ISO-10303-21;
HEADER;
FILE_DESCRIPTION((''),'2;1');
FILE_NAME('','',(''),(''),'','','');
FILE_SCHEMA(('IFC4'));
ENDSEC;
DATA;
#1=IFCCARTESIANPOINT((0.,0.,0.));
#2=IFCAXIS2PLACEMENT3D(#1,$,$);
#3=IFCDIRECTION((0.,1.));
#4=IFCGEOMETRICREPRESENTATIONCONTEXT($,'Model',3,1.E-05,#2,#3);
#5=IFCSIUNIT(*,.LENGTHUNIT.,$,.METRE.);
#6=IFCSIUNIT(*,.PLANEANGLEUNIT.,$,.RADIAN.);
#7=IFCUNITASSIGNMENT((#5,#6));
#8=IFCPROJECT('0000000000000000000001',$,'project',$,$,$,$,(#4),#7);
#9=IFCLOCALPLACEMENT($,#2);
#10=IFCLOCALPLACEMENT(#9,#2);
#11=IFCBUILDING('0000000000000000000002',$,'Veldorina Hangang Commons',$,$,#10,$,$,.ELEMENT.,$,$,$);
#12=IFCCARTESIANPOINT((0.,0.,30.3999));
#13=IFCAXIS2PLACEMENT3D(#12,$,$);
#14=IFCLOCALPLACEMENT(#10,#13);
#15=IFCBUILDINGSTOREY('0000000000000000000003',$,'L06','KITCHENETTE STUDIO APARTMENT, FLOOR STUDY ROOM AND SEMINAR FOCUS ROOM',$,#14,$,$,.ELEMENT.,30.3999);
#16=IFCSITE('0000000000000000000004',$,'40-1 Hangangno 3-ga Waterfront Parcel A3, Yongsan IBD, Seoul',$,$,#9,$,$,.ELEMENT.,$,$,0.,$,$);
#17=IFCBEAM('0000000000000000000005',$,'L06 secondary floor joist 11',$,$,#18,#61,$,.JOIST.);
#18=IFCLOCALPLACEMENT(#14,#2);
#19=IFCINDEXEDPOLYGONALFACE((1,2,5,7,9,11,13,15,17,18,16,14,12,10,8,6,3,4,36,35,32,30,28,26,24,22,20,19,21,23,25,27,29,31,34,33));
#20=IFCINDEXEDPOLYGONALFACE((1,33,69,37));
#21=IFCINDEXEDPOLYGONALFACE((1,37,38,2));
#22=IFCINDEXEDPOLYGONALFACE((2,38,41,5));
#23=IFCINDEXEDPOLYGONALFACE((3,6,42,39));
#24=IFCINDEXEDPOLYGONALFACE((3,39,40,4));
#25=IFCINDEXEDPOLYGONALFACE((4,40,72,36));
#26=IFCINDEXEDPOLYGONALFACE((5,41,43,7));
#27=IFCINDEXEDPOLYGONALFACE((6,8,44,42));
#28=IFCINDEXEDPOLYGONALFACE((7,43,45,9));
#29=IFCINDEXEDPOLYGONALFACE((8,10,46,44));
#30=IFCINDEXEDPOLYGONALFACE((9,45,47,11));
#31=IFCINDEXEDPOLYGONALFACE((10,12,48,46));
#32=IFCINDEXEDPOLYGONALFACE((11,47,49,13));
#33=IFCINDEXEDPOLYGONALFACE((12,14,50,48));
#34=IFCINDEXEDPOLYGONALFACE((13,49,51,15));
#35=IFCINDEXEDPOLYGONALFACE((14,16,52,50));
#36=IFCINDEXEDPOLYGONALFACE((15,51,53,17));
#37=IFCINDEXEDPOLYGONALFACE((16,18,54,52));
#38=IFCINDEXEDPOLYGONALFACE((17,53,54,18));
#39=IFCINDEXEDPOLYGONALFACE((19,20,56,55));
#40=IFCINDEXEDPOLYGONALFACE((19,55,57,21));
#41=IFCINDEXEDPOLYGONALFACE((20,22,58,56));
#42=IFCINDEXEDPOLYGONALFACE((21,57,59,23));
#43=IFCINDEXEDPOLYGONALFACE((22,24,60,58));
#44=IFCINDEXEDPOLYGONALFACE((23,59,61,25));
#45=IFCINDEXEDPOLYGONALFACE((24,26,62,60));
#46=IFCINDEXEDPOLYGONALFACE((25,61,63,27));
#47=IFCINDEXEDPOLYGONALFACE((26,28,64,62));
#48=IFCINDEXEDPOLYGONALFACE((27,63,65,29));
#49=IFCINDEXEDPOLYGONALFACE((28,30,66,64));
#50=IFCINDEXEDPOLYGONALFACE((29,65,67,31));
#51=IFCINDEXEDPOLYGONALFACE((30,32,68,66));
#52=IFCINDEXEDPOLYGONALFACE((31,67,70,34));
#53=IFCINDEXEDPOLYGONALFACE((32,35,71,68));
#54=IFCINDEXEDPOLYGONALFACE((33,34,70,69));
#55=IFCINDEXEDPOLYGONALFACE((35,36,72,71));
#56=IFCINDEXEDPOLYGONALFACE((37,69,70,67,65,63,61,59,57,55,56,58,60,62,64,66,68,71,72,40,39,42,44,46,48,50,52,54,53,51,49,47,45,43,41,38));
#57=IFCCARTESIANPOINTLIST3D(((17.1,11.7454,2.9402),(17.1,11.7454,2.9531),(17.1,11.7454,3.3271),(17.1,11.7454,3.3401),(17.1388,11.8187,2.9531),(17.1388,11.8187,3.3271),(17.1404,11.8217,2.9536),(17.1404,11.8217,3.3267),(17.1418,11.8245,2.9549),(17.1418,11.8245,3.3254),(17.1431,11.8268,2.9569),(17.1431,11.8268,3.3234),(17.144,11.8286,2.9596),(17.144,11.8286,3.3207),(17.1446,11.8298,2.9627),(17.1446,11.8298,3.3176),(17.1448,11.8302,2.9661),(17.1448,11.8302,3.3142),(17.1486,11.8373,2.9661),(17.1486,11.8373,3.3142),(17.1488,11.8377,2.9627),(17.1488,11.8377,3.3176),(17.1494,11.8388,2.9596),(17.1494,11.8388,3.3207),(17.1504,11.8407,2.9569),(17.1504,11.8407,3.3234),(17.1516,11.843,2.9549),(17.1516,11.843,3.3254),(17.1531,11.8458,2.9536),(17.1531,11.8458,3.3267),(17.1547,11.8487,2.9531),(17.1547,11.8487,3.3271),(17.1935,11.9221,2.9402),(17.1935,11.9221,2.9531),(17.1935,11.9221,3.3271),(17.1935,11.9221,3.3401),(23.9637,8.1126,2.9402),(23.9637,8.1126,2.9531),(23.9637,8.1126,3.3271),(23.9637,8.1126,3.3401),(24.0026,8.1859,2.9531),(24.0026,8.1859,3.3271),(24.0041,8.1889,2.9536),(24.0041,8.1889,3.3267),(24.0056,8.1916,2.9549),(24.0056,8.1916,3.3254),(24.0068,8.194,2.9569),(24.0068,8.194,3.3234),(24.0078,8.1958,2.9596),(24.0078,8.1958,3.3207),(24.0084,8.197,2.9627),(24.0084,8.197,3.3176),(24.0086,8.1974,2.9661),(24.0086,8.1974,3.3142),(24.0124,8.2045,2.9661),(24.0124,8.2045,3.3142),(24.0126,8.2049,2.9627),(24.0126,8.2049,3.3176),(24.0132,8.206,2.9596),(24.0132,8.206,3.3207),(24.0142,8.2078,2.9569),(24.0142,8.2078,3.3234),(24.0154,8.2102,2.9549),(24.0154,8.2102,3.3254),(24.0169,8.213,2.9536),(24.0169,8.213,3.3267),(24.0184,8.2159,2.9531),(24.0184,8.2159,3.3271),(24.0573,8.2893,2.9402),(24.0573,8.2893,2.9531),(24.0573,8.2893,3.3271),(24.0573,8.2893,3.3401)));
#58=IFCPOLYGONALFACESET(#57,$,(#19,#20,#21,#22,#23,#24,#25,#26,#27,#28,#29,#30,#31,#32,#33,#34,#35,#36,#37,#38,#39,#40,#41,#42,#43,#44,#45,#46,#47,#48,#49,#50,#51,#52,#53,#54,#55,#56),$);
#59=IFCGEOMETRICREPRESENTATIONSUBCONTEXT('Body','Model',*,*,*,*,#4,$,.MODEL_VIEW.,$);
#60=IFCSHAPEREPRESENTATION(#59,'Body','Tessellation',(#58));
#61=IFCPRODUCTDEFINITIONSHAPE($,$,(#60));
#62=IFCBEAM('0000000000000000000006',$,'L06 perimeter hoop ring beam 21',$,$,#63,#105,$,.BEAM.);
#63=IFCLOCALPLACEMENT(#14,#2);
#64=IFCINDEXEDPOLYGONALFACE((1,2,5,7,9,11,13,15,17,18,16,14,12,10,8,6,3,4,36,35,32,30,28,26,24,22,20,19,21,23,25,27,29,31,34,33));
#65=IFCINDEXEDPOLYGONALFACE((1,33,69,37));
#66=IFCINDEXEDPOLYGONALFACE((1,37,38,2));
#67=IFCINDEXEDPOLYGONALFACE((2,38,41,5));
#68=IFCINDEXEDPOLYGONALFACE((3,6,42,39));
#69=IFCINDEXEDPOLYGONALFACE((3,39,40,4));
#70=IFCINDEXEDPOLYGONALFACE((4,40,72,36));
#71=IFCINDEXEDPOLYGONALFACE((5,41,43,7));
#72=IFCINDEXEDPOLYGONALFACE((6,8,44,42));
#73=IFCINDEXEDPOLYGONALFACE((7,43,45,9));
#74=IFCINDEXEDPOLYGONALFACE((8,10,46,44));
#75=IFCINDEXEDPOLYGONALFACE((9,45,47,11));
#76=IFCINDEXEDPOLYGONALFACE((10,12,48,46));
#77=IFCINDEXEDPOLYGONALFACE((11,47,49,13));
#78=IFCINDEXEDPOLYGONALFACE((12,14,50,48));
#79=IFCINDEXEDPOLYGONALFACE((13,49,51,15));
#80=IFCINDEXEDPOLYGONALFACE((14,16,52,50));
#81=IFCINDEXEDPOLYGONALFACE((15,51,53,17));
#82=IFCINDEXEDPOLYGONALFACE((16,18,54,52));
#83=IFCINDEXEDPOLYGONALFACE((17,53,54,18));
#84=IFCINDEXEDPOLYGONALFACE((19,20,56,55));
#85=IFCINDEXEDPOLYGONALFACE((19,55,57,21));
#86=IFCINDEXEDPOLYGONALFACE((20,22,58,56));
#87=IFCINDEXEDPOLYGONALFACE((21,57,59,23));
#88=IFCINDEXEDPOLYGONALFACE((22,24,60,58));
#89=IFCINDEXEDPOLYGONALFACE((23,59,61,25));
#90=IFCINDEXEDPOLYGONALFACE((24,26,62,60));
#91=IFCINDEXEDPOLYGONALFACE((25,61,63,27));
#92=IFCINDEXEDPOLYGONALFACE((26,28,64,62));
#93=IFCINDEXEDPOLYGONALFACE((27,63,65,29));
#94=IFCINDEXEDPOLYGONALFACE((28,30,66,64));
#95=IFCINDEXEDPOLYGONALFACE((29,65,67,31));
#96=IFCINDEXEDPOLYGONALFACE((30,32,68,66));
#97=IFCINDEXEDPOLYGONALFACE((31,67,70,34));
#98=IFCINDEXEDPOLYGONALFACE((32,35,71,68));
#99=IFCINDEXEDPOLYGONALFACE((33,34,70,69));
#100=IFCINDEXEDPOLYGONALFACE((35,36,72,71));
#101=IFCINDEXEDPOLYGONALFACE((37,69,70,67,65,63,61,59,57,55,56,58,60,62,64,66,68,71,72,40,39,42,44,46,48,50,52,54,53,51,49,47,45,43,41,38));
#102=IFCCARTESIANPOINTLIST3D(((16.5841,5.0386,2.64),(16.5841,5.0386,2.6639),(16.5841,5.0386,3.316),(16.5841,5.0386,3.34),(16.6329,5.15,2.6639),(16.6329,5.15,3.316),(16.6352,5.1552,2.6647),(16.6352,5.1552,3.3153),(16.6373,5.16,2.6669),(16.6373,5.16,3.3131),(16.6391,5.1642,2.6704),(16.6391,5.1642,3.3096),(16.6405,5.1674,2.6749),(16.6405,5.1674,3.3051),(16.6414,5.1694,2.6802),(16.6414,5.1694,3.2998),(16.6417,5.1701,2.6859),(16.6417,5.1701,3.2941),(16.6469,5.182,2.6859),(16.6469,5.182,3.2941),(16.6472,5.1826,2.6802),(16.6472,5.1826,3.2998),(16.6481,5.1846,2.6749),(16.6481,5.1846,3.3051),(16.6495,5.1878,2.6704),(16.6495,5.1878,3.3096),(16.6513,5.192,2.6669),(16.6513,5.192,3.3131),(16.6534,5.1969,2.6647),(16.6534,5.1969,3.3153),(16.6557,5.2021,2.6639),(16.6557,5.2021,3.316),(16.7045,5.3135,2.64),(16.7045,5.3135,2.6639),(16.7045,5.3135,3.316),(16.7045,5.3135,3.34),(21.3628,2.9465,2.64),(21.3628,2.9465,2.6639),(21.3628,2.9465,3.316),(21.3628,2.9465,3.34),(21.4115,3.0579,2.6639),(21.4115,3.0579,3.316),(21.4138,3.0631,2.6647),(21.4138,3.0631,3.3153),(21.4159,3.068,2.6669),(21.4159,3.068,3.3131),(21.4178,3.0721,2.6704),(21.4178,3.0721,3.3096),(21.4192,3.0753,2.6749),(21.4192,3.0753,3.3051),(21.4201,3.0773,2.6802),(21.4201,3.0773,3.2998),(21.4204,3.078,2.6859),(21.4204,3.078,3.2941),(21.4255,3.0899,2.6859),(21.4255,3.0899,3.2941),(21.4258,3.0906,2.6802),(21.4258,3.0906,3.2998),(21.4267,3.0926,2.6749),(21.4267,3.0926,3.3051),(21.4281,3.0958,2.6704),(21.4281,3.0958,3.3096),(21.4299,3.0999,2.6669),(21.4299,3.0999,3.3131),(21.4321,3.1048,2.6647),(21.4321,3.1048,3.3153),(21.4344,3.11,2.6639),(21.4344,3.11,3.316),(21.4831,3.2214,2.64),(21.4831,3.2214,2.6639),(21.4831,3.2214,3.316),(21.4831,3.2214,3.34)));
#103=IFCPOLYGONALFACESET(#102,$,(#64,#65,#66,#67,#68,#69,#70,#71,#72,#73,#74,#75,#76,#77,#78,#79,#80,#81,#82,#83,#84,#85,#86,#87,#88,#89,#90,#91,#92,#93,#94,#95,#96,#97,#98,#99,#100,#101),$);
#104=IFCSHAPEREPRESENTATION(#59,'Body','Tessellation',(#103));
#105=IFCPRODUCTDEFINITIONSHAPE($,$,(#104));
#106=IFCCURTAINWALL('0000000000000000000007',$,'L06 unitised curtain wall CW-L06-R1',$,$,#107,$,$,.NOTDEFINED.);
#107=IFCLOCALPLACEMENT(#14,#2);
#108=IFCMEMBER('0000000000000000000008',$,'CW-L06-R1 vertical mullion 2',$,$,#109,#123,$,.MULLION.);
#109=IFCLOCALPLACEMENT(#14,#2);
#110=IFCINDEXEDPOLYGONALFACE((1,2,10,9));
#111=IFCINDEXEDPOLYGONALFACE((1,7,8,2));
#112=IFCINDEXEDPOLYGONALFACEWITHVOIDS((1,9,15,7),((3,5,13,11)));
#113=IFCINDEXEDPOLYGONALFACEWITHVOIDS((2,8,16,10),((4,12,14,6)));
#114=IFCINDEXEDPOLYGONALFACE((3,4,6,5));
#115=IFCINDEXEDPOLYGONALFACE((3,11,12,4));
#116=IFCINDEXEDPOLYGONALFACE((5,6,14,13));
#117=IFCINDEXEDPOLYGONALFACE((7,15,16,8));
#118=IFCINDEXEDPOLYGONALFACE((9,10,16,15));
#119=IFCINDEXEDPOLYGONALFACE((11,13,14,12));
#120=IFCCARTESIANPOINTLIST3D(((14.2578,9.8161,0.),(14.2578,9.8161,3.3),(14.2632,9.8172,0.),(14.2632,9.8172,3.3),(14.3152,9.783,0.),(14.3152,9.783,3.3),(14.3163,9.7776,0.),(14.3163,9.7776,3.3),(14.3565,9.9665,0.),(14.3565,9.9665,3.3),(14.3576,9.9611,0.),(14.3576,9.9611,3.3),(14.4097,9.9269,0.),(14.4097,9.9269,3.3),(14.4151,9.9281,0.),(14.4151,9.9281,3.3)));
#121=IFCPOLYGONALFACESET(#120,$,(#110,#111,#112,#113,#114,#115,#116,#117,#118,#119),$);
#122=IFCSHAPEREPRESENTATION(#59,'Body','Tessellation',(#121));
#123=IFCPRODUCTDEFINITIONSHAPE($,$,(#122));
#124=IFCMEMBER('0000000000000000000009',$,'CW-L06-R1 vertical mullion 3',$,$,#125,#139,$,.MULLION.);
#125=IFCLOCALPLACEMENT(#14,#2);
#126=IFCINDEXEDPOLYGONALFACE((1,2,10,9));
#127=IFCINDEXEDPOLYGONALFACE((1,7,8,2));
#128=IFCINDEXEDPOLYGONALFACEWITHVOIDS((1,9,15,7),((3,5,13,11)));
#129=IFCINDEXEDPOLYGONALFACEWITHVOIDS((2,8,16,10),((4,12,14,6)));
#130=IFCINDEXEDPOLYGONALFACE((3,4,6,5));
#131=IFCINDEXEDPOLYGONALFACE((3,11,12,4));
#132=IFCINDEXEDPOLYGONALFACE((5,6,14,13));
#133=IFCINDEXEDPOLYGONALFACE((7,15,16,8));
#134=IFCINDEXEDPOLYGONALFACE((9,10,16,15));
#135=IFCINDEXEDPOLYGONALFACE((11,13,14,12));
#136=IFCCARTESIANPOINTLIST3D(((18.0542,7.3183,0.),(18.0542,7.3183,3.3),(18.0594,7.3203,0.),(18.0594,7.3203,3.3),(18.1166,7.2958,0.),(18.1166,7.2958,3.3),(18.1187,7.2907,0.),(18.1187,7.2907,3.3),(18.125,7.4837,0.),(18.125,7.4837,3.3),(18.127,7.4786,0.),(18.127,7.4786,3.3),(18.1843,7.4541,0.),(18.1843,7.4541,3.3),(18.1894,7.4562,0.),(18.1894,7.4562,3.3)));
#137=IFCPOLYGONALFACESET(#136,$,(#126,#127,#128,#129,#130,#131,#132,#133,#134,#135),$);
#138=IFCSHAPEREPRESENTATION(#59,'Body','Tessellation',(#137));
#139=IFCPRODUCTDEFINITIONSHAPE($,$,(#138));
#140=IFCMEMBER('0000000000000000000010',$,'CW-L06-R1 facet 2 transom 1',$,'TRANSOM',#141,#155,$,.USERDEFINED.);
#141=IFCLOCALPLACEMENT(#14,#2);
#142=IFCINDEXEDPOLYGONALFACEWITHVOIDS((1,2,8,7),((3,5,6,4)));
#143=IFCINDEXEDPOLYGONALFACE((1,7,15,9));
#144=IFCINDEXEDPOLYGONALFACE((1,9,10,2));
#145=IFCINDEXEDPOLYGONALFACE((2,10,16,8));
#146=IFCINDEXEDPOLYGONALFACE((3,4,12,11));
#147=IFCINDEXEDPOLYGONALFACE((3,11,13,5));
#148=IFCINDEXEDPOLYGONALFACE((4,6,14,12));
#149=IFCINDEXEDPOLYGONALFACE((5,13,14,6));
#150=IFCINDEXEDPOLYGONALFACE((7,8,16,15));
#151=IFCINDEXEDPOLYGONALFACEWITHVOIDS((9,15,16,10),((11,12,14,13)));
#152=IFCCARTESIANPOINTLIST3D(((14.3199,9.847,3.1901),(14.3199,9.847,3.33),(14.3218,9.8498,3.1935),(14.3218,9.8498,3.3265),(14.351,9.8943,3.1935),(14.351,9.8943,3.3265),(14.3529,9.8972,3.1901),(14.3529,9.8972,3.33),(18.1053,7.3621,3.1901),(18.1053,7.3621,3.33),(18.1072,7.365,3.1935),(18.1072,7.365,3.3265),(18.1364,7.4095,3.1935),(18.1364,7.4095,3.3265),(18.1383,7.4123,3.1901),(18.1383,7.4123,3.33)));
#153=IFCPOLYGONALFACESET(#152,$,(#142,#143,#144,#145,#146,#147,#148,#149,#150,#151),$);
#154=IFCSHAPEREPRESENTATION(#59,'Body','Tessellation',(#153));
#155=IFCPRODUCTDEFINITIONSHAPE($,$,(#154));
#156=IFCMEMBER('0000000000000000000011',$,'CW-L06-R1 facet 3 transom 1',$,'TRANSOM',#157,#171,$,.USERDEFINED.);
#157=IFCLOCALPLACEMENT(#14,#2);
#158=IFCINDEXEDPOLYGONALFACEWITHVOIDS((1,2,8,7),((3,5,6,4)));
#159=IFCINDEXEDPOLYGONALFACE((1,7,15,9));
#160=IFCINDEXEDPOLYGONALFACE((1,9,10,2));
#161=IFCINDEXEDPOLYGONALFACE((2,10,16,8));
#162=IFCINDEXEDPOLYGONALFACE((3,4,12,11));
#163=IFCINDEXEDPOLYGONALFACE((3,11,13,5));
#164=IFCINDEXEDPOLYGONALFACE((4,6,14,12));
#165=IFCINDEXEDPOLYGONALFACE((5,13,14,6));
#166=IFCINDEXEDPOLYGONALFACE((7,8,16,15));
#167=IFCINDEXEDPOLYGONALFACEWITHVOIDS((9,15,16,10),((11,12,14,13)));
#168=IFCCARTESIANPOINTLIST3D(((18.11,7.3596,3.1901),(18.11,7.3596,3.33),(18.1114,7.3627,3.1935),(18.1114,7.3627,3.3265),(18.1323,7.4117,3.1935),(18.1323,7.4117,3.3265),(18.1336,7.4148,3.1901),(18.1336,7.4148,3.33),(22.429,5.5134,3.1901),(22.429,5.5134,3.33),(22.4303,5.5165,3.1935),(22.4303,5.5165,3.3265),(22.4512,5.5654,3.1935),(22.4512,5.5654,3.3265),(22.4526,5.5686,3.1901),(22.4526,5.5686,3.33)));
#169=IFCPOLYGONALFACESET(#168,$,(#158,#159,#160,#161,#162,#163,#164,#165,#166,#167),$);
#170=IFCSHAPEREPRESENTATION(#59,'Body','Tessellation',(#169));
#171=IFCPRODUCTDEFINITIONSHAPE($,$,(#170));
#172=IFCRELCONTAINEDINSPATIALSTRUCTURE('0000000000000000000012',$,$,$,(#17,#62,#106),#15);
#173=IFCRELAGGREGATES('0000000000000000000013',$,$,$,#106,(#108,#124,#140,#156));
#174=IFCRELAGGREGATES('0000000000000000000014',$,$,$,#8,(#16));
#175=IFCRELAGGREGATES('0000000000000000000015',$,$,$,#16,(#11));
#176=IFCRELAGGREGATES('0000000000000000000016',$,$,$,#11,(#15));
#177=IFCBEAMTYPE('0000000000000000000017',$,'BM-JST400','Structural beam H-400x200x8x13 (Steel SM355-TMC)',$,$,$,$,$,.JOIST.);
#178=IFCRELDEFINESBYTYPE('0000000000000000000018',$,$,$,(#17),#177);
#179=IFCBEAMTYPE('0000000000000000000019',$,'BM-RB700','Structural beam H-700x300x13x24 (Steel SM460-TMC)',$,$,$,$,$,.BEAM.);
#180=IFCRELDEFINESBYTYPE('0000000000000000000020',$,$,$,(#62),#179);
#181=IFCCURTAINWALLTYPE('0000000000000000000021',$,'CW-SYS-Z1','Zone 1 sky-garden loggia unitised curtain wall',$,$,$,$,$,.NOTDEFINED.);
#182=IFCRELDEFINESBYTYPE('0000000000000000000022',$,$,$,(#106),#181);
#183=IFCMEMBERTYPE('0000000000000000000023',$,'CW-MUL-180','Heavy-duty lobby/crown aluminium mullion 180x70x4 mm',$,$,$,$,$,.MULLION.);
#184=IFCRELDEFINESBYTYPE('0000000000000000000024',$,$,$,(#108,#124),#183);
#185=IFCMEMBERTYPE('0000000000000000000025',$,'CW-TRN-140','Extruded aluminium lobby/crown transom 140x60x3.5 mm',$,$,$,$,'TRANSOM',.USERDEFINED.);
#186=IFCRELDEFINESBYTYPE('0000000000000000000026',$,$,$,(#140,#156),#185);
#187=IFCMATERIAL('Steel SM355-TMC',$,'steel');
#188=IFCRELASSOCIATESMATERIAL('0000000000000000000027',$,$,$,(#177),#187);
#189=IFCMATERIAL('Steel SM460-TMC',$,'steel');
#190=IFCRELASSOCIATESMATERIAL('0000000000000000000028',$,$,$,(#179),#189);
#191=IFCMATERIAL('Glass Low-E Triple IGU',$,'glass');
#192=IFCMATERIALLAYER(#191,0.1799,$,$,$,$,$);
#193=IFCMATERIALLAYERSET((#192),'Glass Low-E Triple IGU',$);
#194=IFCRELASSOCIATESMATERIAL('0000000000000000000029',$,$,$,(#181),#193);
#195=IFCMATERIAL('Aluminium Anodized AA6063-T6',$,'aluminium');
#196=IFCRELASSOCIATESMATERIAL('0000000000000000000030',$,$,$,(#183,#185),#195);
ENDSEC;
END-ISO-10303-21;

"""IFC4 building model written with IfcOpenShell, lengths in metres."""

from ifc_helpers import new_model, si_unit, direction, frame, origin, origin_2d, place, context, subcontext, project, spatial, hollow_rectangle, i_section, extrude, material, layer, layer_set, material_profile, profile_set, type_object, element, aggregate, save


model = new_model("IFC4")

# Units and contexts
model_context = context("Model", 3, precision=1e-05, world=origin(), true_north=direction((0.0, 1.0)))
body_context = subcontext(model_context, "Body", "Model", "MODEL_VIEW")
ifc_project = project(units=[si_unit("LENGTHUNIT", "METRE"), si_unit("PLANEANGLEUNIT", "RADIAN")], contexts=[model_context])

# Site, building, storey
site_placement = place(None, origin())
site = spatial("IfcSite", under=ifc_project, at=site_placement, Name="40-1 Hangangno 3-ga Waterfront Parcel A3, Yongsan IBD, Seoul", CompositionType="ELEMENT", RefElevation=0.0)
building_placement = place(site_placement, origin())
building = spatial("IfcBuilding", under=site, at=building_placement, Name="Veldorina Hangang Commons", CompositionType="ELEMENT")
storey_placement = place(building_placement, frame((0.0, 0.0, 30.3999)))
storey = spatial("IfcBuildingStorey", under=building, at=storey_placement, Name="L06", Description="KITCHENETTE STUDIO APARTMENT, FLOOR STUDY ROOM AND SEMINAR FOCUS ROOM", CompositionType="ELEMENT", Elevation=30.3999)

# Beams
ifc_material_1 = material(Name="Steel SM355-TMC", Category="steel")
ifc_material_profile_1 = material_profile(ifc_material_1, i_section(OverallWidth=0.2, OverallDepth=0.3999, WebThickness=0.0081, FlangeThickness=0.0129, FilletRadius=0.0129, at=origin_2d()), Name="H-400x200x8x13")
ifc_profile_set_1 = profile_set([ifc_material_profile_1], Name="Steel SM355-TMC")
beam_type_1 = type_object("IfcBeamType", Name="BM-JST400", Description="Structural beam H-400x200x8x13 (Steel SM355-TMC)", PredefinedType="JOIST", material=ifc_profile_set_1)
beam_1_placement = place(storey_placement, frame((17.1467, 11.8337, 3.1401), z_axis=(0.883838, -0.467792, 0.0), x_axis=(0.467792, 0.883838, 0.0)))
element("IfcBeam", 1, at=beam_1_placement, inside=storey, type_object=beam_type_1, Name="L06 secondary floor joist 11", PredefinedType="JOIST", context=body_context, shape_type="SweptSolid", body=[
    extrude(i_section(OverallWidth=0.2, OverallDepth=0.3999, WebThickness=0.0081, FlangeThickness=0.0129, FilletRadius=0.0129, at=origin_2d()), origin(), (0.0, 0.0, 1.0), 7.7659),
])
ifc_material_2 = material(Name="Steel SM460-TMC", Category="steel")
ifc_material_profile_2 = material_profile(ifc_material_2, i_section(OverallWidth=0.3, OverallDepth=0.7, WebThickness=0.0129, FlangeThickness=0.0239, FilletRadius=0.022, at=origin_2d()), Name="H-700x300x13x24")
ifc_profile_set_2 = profile_set([ifc_material_profile_2], Name="Steel SM460-TMC")
beam_type_2 = type_object("IfcBeamType", Name="BM-RB700", Description="Structural beam H-700x300x13x24 (Steel SM460-TMC)", PredefinedType="BEAM", material=ifc_profile_set_2)
beam_2_placement = place(storey_placement, frame((16.6443, 5.176, 2.99), z_axis=(0.916057, -0.401047, 0.0), x_axis=(0.401047, 0.916057, 0.0)))
element("IfcBeam", 2, at=beam_2_placement, inside=storey, type_object=beam_type_2, Name="L06 perimeter hoop ring beam 21", PredefinedType="BEAM", context=body_context, shape_type="SweptSolid", body=[
    extrude(i_section(OverallWidth=0.3, OverallDepth=0.7, WebThickness=0.0129, FlangeThickness=0.0239, FilletRadius=0.022, at=origin_2d()), origin(), (0.0, 0.0, 1.0), 5.2166),
])

# Curtain wall, members
ifc_material_3 = material(Name="Glass Low-E Triple IGU", Category="glass")
ifc_layer_1 = layer(ifc_material_3, 0.1799)
ifc_layer_set_1 = layer_set([ifc_layer_1], Name="Glass Low-E Triple IGU")
curtain_wall_type = type_object("IfcCurtainWallType", Name="CW-SYS-Z1", Description="Zone 1 sky-garden loggia unitised curtain wall", PredefinedType="NOTDEFINED", material=ifc_layer_set_1)
curtain_wall_placement = place(storey_placement, origin())
curtain_wall = element("IfcCurtainWall", 3, at=curtain_wall_placement, inside=storey, type_object=curtain_wall_type, Name="L06 unitised curtain wall CW-L06-R1", PredefinedType="NOTDEFINED")
ifc_material_4 = material(Name="Aluminium Anodized AA6063-T6", Category="aluminium")
ifc_material_profile_3 = material_profile(ifc_material_4, hollow_rectangle(XDim=0.0701, YDim=0.1799, WallThickness=0.0039, at=origin_2d()), Name="ALU-RHS-180x70x4")
ifc_profile_set_3 = profile_set([ifc_material_profile_3], Name="Aluminium Anodized AA6063-T6")
member_type_1 = type_object("IfcMemberType", Name="CW-MUL-180", Description="Heavy-duty lobby/crown aluminium mullion 180x70x4 mm", PredefinedType="MULLION", material=ifc_profile_set_3)
member_1_placement = place(storey_placement, frame((14.3364, 9.8721, 0.0), z_axis=(0.0, 0.0, 1.0), x_axis=(0.83598, -0.54876, 0.0)))
member_1 = element("IfcMember", 4, at=member_1_placement, type_object=member_type_1, Name="CW-L06-R1 vertical mullion 2", PredefinedType="MULLION", context=body_context, shape_type="SweptSolid", body=[
    extrude(hollow_rectangle(XDim=0.0701, YDim=0.1799, WallThickness=0.0039, at=origin_2d()), origin(), (0.0, 0.0, 1.0), 3.3),
])
member_2_placement = place(storey_placement, frame((18.1218, 7.3872, 0.0), z_axis=(0.0, 0.0, 1.0), x_axis=(0.919499, -0.393092, 0.0)))
member_2 = element("IfcMember", 5, at=member_2_placement, type_object=member_type_1, Name="CW-L06-R1 vertical mullion 3", PredefinedType="MULLION", context=body_context, shape_type="SweptSolid", body=[
    extrude(hollow_rectangle(XDim=0.0701, YDim=0.1799, WallThickness=0.0039, at=origin_2d()), origin(), (0.0, 0.0, 1.0), 3.3),
])
ifc_material_profile_4 = material_profile(ifc_material_4, hollow_rectangle(XDim=0.0601, YDim=0.1399, WallThickness=0.0034, at=origin_2d()), Name="ALU-RHS-140x60x3.5")
ifc_profile_set_4 = profile_set([ifc_material_profile_4], Name="Aluminium Anodized AA6063-T6")
member_type_2 = type_object("IfcMemberType", Name="CW-TRN-140", Description="Extruded aluminium lobby/crown transom 140x60x3.5 mm", ElementType="TRANSOM", PredefinedType="USERDEFINED", material=ifc_profile_set_4)
member_3_placement = place(storey_placement, frame((14.3364, 9.8721, 3.26), z_axis=(0.835978, -0.548764, 0.0), x_axis=(0.548764, 0.835978, 0.0)))
member_3 = element("IfcMember", 6, at=member_3_placement, type_object=member_type_2, Name="CW-L06-R1 facet 2 transom 1", ObjectType="TRANSOM", PredefinedType="USERDEFINED", context=body_context, shape_type="SweptSolid", body=[
    extrude(hollow_rectangle(XDim=0.0601, YDim=0.1399, WallThickness=0.0034, at=origin_2d()), origin(), (0.0, 0.0, 1.0), 4.5281),
])
member_4_placement = place(storey_placement, frame((18.1218, 7.3872, 3.26), z_axis=(0.91951, -0.393066, 0.0), x_axis=(0.393066, 0.91951, 0.0)))
member_4 = element("IfcMember", 7, at=member_4_placement, type_object=member_type_2, Name="CW-L06-R1 facet 3 transom 1", ObjectType="TRANSOM", PredefinedType="USERDEFINED", context=body_context, shape_type="SweptSolid", body=[
    extrude(hollow_rectangle(XDim=0.0601, YDim=0.1399, WallThickness=0.0034, at=origin_2d()), origin(), (0.0, 0.0, 1.0), 4.697),
])

aggregate(curtain_wall, [member_1, member_2, member_3, member_4])

save(model, "model.ifc")
